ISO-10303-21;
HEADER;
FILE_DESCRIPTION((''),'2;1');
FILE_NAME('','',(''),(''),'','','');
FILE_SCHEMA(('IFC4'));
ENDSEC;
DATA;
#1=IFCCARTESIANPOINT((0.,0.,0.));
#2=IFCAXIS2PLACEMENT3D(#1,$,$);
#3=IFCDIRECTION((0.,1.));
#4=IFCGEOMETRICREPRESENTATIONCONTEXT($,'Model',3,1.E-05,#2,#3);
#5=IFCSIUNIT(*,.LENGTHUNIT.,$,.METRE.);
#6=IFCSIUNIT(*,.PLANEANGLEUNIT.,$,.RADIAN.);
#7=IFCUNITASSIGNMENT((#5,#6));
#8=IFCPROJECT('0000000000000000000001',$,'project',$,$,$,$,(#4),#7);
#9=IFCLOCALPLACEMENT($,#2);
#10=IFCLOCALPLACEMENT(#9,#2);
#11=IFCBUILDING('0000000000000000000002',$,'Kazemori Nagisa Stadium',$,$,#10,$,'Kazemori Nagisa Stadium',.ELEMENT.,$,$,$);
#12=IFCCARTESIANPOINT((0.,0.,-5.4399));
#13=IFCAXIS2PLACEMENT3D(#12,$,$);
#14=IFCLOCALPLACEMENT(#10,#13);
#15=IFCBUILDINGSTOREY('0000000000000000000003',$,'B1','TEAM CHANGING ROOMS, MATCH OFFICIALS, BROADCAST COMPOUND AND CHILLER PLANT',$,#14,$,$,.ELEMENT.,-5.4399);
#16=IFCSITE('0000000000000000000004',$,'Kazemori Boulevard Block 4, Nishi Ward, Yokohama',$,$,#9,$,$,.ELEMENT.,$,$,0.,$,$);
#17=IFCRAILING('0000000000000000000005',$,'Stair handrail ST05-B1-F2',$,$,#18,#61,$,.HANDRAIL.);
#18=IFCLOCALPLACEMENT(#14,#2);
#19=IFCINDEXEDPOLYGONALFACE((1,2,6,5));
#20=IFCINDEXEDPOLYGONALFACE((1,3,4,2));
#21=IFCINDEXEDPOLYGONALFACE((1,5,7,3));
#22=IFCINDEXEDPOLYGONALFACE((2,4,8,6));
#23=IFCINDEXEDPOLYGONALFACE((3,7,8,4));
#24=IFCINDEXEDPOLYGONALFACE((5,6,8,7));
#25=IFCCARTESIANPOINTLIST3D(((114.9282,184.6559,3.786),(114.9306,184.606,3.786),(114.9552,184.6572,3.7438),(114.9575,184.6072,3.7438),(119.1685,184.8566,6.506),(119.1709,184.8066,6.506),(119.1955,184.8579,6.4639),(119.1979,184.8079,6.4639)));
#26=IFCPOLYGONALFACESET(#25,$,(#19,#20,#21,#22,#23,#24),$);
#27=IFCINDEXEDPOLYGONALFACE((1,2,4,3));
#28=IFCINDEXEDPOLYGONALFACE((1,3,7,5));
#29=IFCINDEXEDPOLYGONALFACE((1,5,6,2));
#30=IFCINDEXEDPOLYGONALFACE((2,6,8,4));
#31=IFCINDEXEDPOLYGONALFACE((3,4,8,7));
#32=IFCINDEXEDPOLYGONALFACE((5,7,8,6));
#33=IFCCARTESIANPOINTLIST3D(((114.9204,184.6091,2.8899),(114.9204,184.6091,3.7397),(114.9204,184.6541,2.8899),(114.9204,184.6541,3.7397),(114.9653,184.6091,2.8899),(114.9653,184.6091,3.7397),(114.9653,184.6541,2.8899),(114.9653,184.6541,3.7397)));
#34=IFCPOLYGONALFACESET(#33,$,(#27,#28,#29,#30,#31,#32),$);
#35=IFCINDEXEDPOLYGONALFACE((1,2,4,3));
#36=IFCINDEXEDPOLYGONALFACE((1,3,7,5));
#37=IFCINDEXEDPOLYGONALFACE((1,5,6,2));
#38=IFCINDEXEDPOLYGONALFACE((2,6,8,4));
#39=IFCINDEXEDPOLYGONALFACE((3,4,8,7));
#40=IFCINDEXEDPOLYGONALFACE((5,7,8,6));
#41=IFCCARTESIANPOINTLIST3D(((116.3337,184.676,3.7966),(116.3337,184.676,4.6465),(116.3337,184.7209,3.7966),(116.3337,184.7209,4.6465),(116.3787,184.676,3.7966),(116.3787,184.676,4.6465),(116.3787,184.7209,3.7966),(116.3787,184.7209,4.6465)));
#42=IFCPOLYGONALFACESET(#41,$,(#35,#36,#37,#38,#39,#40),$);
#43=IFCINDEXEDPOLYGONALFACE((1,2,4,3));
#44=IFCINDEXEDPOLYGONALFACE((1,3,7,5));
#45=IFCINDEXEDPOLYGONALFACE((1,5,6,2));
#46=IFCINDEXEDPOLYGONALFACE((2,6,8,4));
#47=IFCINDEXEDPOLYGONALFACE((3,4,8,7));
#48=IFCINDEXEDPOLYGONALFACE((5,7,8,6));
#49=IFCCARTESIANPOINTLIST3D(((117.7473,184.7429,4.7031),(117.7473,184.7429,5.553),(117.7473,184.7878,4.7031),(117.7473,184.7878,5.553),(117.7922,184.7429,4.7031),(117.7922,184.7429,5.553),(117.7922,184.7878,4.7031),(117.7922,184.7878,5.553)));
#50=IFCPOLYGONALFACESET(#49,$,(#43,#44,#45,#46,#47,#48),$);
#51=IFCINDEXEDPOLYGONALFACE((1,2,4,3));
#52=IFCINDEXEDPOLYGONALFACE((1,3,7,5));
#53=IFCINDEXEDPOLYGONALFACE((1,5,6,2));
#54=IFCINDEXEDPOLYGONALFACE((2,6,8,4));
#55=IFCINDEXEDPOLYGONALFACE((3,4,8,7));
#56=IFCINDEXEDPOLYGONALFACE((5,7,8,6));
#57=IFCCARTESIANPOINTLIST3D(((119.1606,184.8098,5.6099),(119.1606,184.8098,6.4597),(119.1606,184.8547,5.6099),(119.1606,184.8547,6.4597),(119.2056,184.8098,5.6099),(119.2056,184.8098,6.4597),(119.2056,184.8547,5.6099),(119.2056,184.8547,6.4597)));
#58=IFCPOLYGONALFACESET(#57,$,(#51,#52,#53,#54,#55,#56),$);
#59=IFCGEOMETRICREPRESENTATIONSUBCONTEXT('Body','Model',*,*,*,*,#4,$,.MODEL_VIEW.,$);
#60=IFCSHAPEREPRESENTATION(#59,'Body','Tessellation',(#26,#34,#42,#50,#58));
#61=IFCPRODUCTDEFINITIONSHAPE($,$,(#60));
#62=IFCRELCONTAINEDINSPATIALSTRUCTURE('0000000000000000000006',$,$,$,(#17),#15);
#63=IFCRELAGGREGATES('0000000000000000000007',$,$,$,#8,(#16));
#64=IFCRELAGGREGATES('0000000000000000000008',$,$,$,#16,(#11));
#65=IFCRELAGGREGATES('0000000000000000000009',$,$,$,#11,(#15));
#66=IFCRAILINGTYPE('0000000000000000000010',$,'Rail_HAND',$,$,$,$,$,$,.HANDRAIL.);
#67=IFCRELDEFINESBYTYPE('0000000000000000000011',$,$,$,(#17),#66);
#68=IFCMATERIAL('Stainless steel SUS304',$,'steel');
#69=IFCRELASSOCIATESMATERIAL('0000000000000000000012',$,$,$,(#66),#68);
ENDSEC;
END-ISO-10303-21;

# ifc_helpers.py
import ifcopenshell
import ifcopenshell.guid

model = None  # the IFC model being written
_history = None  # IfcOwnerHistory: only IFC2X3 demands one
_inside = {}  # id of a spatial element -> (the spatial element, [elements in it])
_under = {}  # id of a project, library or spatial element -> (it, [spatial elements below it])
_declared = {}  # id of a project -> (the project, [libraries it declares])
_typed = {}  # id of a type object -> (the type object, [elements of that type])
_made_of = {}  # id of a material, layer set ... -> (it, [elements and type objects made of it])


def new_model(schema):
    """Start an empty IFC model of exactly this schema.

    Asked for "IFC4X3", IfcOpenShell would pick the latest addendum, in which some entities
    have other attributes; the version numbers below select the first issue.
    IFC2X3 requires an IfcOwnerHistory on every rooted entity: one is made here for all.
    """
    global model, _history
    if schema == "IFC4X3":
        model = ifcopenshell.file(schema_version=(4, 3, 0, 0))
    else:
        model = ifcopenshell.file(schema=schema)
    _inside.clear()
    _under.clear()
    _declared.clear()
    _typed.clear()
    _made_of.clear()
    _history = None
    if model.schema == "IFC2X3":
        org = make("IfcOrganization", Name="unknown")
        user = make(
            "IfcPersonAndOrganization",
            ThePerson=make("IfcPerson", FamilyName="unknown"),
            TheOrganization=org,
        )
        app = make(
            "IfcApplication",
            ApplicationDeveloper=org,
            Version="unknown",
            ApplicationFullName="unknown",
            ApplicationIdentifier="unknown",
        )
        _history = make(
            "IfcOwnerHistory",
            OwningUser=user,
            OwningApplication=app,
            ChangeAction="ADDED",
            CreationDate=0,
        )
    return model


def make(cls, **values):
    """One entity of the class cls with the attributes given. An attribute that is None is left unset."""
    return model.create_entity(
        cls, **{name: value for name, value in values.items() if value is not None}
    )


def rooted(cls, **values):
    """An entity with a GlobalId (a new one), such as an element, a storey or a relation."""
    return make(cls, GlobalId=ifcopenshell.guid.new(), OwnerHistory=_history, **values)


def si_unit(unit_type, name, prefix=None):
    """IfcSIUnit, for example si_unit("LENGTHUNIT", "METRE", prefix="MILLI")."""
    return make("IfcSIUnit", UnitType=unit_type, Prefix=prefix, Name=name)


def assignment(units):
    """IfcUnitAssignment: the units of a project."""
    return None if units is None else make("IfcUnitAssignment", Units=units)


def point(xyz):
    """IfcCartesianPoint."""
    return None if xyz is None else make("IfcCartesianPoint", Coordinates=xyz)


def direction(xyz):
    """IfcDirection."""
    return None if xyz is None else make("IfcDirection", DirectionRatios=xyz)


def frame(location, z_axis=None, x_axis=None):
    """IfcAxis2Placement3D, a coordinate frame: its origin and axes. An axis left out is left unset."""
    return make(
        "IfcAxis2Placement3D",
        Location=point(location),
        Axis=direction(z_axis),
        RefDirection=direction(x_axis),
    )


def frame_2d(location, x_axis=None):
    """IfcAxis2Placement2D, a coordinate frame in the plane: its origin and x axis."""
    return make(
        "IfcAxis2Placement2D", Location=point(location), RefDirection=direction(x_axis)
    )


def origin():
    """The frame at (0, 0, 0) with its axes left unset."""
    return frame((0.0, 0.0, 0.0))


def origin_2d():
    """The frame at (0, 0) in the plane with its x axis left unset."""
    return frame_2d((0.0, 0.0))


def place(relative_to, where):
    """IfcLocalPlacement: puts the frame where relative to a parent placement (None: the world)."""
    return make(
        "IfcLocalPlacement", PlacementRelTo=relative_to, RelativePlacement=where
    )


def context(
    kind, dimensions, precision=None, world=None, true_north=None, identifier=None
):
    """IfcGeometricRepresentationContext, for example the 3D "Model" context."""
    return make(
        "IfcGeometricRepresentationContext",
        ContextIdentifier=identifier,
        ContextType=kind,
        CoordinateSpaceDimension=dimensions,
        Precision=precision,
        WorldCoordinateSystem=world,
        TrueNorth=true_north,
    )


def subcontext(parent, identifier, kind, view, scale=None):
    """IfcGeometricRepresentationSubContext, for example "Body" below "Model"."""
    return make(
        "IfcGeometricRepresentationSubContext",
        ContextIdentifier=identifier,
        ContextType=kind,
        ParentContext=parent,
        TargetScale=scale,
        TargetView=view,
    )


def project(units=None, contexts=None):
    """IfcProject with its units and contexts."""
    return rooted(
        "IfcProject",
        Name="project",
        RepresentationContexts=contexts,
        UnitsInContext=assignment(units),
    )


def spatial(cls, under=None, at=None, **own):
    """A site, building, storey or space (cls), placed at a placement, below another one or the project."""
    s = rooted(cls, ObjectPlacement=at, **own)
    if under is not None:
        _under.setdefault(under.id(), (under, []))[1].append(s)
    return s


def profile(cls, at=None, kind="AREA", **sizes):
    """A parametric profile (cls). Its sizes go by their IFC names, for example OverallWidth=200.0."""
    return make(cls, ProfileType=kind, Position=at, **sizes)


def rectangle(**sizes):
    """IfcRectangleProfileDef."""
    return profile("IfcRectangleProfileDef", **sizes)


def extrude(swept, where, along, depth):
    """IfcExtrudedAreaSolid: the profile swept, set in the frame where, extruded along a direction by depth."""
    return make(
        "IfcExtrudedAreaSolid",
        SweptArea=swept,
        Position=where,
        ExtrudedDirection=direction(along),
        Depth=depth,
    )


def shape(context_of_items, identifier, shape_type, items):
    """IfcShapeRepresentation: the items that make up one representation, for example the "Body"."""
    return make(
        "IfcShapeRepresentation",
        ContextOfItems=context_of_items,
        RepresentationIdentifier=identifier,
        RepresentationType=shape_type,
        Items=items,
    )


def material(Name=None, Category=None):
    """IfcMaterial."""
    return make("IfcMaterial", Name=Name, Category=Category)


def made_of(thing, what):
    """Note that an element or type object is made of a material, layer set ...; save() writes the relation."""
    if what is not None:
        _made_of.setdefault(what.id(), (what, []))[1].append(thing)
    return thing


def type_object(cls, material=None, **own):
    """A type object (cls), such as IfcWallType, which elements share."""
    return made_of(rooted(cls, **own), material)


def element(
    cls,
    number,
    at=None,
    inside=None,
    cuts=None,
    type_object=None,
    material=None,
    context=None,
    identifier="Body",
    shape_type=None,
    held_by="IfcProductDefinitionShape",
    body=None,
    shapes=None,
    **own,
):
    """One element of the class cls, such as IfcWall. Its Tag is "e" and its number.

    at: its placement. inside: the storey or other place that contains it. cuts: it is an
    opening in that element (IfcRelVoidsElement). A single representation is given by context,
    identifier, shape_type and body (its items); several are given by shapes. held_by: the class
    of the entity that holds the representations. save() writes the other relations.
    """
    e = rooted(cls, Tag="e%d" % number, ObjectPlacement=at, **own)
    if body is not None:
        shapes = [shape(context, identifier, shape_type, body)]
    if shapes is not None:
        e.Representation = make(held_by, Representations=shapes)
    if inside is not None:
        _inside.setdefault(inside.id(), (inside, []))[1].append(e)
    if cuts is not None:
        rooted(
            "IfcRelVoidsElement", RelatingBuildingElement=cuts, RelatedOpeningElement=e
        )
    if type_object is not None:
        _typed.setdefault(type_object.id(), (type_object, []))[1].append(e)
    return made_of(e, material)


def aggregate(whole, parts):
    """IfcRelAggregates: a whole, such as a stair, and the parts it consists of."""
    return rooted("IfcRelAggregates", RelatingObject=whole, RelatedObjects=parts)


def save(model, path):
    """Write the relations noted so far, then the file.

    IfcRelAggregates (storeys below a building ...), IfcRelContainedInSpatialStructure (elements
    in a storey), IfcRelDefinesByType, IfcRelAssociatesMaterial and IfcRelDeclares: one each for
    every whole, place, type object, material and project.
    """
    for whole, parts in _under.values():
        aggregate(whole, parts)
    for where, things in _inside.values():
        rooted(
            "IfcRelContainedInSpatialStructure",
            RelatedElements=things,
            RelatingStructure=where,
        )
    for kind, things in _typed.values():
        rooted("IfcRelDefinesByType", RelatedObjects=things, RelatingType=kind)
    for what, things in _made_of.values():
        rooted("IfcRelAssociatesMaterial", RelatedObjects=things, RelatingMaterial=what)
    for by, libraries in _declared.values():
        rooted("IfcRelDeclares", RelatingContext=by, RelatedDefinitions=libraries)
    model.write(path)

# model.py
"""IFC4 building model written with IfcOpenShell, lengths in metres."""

from ifc_helpers import new_model, si_unit, direction, frame, origin, origin_2d, place, context, subcontext, project, spatial, rectangle, extrude, material, type_object, element, save


model = new_model("IFC4")

# Units and contexts
model_context = context("Model", 3, precision=1e-05, world=origin(), true_north=direction((0.0, 1.0)))
body_context = subcontext(model_context, "Body", "Model", "MODEL_VIEW")
ifc_project = project(units=[si_unit("LENGTHUNIT", "METRE"), si_unit("PLANEANGLEUNIT", "RADIAN")], contexts=[model_context])

# Site, building, storey
site_placement = place(None, origin())
site = spatial("IfcSite", under=ifc_project, at=site_placement, Name="Kazemori Boulevard Block 4, Nishi Ward, Yokohama", CompositionType="ELEMENT", RefElevation=0.0)
building_placement = place(site_placement, origin())
building = spatial("IfcBuilding", under=site, at=building_placement, Name="Kazemori Nagisa Stadium", LongName="Kazemori Nagisa Stadium", CompositionType="ELEMENT")
storey_placement = place(building_placement, frame((0.0, 0.0, -5.4399)))
storey = spatial("IfcBuildingStorey", under=building, at=storey_placement, Name="B1", Description="TEAM CHANGING ROOMS, MATCH OFFICIALS, BROADCAST COMPOUND AND CHILLER PLANT", CompositionType="ELEMENT", Elevation=-5.4399)

# Railing
ifc_material_1 = material(Name="Stainless steel SUS304", Category="steel")
railing_type_1 = type_object("IfcRailingType", Name="Rail_HAND", PredefinedType="HANDRAIL", material=ifc_material_1)
railing_1_placement = place(storey_placement, frame((114.9429, 184.6316, 2.8899)))
element("IfcRailing", 1, at=railing_1_placement, inside=storey, type_object=railing_type_1, Name="Stair handrail ST05-B1-F2", PredefinedType="HANDRAIL", context=body_context, shape_type="SweptSolid", body=[
    extrude(rectangle(XDim=0.05, YDim=0.05, at=origin_2d()), frame((0.0, 0.0, 0.875), z_axis=(0.841043, 0.039805, 0.539502), x_axis=(-0.047276, 0.998882, 0.0)), (0.0, 0.0, 1.0), 5.0417),
    extrude(rectangle(XDim=0.0449, YDim=0.0449, at=origin_2d()), origin(), (0.0, 0.0, 1.0), 0.8499),
    extrude(rectangle(XDim=0.0449, YDim=0.0449, at=origin_2d()), frame((1.4133, 0.0669, 0.9067)), (0.0, 0.0, 1.0), 0.8499),
    extrude(rectangle(XDim=0.0449, YDim=0.0449, at=origin_2d()), frame((2.8269, 0.1338, 1.8132)), (0.0, 0.0, 1.0), 0.8499),
    extrude(rectangle(XDim=0.0449, YDim=0.0449, at=origin_2d()), frame((4.2402, 0.2007, 2.72)), (0.0, 0.0, 1.0), 0.8499),
])

save(model, "model.ifc")
